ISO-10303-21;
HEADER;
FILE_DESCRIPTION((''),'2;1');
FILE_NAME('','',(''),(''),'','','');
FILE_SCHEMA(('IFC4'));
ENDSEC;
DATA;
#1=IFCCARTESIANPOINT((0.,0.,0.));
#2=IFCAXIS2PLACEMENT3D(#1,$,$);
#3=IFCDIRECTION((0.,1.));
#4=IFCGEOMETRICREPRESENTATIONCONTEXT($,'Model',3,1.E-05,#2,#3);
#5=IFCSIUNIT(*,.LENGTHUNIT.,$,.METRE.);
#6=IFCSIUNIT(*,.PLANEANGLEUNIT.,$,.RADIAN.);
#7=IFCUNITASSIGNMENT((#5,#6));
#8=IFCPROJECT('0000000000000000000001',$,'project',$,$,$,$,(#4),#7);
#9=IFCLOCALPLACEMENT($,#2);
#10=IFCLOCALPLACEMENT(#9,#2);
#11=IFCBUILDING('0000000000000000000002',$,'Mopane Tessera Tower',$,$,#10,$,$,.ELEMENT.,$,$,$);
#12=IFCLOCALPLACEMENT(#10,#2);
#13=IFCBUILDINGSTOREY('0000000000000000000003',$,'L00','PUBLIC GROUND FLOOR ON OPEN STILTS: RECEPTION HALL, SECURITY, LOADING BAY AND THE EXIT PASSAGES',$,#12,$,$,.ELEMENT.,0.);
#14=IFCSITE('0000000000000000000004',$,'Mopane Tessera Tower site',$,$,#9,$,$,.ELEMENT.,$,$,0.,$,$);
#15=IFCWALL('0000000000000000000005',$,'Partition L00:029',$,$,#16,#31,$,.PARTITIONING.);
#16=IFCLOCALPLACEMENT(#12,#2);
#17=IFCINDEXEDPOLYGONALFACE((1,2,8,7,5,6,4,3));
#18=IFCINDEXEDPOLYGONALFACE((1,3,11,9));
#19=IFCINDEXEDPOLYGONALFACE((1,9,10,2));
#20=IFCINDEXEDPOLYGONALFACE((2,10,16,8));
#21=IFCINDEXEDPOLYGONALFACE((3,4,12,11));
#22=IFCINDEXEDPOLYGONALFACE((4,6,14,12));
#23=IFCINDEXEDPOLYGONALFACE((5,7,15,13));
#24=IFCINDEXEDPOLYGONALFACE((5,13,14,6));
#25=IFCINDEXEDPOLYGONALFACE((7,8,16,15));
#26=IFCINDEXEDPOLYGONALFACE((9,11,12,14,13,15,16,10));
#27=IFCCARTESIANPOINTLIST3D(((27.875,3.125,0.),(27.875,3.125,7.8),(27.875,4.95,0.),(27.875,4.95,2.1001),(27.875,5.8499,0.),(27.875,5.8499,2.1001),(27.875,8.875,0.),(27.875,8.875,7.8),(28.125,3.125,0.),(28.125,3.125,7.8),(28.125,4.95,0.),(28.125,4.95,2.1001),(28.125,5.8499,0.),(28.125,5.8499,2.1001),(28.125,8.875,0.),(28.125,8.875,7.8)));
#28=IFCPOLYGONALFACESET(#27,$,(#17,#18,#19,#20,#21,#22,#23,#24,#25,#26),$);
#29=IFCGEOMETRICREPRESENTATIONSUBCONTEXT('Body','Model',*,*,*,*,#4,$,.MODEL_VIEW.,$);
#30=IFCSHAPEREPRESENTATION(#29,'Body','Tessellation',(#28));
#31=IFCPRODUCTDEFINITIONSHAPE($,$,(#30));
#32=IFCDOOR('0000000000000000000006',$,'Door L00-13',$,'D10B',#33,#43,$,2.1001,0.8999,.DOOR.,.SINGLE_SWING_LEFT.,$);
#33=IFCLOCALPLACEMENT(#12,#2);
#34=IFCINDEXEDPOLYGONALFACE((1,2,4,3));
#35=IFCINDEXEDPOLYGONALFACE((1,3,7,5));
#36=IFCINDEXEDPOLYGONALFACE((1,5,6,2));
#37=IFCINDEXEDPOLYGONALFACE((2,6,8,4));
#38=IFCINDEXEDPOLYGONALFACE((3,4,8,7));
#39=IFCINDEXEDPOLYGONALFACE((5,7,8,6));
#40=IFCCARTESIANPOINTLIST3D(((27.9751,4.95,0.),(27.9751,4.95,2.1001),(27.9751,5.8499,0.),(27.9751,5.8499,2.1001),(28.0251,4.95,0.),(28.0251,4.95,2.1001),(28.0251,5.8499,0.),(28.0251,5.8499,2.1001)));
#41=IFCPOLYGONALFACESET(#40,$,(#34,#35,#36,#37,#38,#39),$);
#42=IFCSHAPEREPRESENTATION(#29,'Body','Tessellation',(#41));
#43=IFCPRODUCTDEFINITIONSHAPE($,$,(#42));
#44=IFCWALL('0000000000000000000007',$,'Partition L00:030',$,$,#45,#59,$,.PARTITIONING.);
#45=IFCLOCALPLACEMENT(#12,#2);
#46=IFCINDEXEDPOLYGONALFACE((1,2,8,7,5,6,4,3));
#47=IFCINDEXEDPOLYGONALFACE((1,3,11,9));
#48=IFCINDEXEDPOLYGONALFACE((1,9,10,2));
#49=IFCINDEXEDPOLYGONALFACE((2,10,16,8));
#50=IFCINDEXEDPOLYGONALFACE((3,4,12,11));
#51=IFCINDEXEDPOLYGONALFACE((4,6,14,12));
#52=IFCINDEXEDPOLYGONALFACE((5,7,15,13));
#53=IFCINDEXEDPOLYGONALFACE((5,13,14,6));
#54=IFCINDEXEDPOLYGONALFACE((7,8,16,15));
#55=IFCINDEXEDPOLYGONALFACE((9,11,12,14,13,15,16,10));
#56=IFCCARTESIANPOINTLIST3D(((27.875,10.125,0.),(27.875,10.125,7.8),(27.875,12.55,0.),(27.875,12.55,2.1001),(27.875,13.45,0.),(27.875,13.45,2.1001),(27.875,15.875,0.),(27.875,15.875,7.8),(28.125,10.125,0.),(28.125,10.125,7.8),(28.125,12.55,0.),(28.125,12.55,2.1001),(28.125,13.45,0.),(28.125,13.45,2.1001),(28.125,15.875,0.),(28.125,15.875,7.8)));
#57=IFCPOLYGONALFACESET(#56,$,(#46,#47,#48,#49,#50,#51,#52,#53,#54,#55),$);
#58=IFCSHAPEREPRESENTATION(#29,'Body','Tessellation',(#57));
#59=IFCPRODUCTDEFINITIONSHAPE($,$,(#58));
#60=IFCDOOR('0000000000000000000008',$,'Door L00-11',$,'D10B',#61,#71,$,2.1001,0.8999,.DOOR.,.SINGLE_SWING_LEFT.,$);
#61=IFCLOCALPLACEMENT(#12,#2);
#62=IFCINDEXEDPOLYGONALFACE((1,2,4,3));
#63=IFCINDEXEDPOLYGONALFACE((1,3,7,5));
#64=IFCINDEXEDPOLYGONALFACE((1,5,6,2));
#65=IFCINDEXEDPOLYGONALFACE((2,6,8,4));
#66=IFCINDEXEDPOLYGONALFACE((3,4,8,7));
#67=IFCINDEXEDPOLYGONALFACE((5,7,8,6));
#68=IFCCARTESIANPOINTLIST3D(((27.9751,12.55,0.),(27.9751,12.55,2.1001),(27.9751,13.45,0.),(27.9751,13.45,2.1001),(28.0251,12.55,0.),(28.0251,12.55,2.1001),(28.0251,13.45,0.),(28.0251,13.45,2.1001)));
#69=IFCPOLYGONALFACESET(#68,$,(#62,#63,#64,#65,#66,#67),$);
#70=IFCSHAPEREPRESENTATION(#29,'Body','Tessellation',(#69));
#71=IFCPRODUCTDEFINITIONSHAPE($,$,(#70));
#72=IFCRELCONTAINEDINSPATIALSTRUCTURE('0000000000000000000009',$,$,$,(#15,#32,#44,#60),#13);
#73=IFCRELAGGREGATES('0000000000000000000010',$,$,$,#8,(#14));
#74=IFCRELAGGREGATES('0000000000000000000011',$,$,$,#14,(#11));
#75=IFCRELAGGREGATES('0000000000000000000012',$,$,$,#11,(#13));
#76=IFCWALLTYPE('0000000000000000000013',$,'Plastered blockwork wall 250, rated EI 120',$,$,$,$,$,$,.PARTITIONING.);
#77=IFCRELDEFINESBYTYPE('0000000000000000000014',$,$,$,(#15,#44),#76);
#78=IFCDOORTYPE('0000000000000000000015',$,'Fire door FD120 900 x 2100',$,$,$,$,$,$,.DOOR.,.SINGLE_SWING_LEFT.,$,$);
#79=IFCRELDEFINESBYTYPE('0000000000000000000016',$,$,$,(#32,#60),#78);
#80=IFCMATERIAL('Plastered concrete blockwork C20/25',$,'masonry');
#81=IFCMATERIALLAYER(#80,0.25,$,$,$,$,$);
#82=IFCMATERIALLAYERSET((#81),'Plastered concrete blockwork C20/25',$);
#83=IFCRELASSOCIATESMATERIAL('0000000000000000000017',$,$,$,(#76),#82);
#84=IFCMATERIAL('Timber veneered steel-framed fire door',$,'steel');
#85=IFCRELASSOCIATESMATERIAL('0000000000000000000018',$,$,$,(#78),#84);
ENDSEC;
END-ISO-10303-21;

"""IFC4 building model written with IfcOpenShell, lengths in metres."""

from ifc_helpers import new_model, si_unit, direction, frame, frame_2d, origin, place, context, subcontext, project, spatial, rectangle, extrude, material, layer, layer_set, type_object, element, fill, save


model = new_model("IFC4")

# Units and contexts
model_context = context("Model", 3, precision=1e-05, world=origin(), true_north=direction((0.0, 1.0)))
body_context = subcontext(model_context, "Body", "Model", "MODEL_VIEW")
ifc_project = project(units=[si_unit("LENGTHUNIT", "METRE"), si_unit("PLANEANGLEUNIT", "RADIAN")], contexts=[model_context])

# Site, building, storey
site_placement = place(None, origin())
site = spatial("IfcSite", under=ifc_project, at=site_placement, Name="Mopane Tessera Tower site", CompositionType="ELEMENT", RefElevation=0.0)
building_placement = place(site_placement, origin())
building = spatial("IfcBuilding", under=site, at=building_placement, Name="Mopane Tessera Tower", CompositionType="ELEMENT")
storey_placement = place(building_placement, origin())
storey = spatial("IfcBuildingStorey", under=building, at=storey_placement, Name="L00", Description="PUBLIC GROUND FLOOR ON OPEN STILTS: RECEPTION HALL, SECURITY, LOADING BAY AND THE EXIT PASSAGES", CompositionType="ELEMENT", Elevation=0.0)

# Shared definitions
ifc_material_1 = material(Name="Plastered concrete blockwork C20/25", Category="masonry")
ifc_layer_1 = layer(ifc_material_1, 0.25)
ifc_layer_set_1 = layer_set([ifc_layer_1], Name="Plastered concrete blockwork C20/25")
wall_type = type_object("IfcWallType", Name="Plastered blockwork wall 250, rated EI 120", PredefinedType="PARTITIONING", material=ifc_layer_set_1)

# Walls, openings, doors
wall_1_placement = place(storey_placement, frame((28.0, 3.125, 0.0), z_axis=(0.0, 0.0, 1.0), x_axis=(0.0, 1.0, 0.0)))
wall_1 = element("IfcWall", 1, at=wall_1_placement, inside=storey, type_object=wall_type, Name="Partition L00:029", PredefinedType="PARTITIONING", context=body_context, shape_type="SweptSolid", body=[
    extrude(rectangle(XDim=5.75, YDim=0.25, at=frame_2d((2.875, 0.0))), origin(), (0.0, 0.0, 1.0), 7.8),
])
opening_1_placement = place(wall_1_placement, frame((1.825, 0.0, 0.0)))
opening_1 = element("IfcOpeningElement", 2, at=opening_1_placement, cuts=wall_1, PredefinedType="OPENING", context=body_context, shape_type="SweptSolid", body=[
    extrude(rectangle(XDim=0.8999, YDim=2.1001, at=frame_2d((0.45, 1.05))), frame((0.0, 0.137, 0.0), z_axis=(0.0, -1.0, 0.0), x_axis=(1.0, 0.0, 0.0)), (0.0, 0.0, 1.0), 0.2739),
])
ifc_material_2 = material(Name="Timber veneered steel-framed fire door", Category="steel")
door_type = type_object("IfcDoorType", Name="Fire door FD120 900 x 2100", OperationType="SINGLE_SWING_LEFT", PredefinedType="DOOR", material=ifc_material_2)
door_1_placement = place(opening_1_placement, origin())
door_1 = element("IfcDoor", 3, at=door_1_placement, inside=storey, type_object=door_type, Name="Door L00-13", ObjectType="D10B", OperationType="SINGLE_SWING_LEFT", OverallHeight=2.1001, OverallWidth=0.8999, PredefinedType="DOOR", context=body_context, shape_type="SweptSolid", body=[
    extrude(rectangle(XDim=0.8999, YDim=2.1001, at=frame_2d((0.45, 1.05))), frame((0.0, 0.0249, 0.0), z_axis=(0.0, -1.0, 0.0), x_axis=(1.0, 0.0, 0.0)), (0.0, 0.0, 1.0), 0.05),
])
fill(opening_1, door_1)
wall_2_placement = place(storey_placement, frame((28.0, 10.125, 0.0), z_axis=(0.0, 0.0, 1.0), x_axis=(0.0, 1.0, 0.0)))
wall_2 = element("IfcWall", 4, at=wall_2_placement, inside=storey, type_object=wall_type, Name="Partition L00:030", PredefinedType="PARTITIONING", context=body_context, shape_type="SweptSolid", body=[
    extrude(rectangle(XDim=5.75, YDim=0.25, at=frame_2d((2.875, 0.0))), origin(), (0.0, 0.0, 1.0), 7.8),
])
opening_2_placement = place(wall_2_placement, frame((2.425, 0.0, 0.0)))
opening_2 = element("IfcOpeningElement", 5, at=opening_2_placement, cuts=wall_2, PredefinedType="OPENING", context=body_context, shape_type="SweptSolid", body=[
    extrude(rectangle(XDim=0.8999, YDim=2.1001, at=frame_2d((0.45, 1.05))), frame((0.0, 0.137, 0.0), z_axis=(0.0, -1.0, 0.0), x_axis=(1.0, 0.0, 0.0)), (0.0, 0.0, 1.0), 0.2739),
])
door_2_placement = place(opening_2_placement, origin())
door_2 = element("IfcDoor", 6, at=door_2_placement, inside=storey, type_object=door_type, Name="Door L00-11", ObjectType="D10B", OperationType="SINGLE_SWING_LEFT", OverallHeight=2.1001, OverallWidth=0.8999, PredefinedType="DOOR", context=body_context, shape_type="SweptSolid", body=[
    extrude(rectangle(XDim=0.8999, YDim=2.1001, at=frame_2d((0.45, 1.05))), frame((0.0, 0.0249, 0.0), z_axis=(0.0, -1.0, 0.0), x_axis=(1.0, 0.0, 0.0)), (0.0, 0.0, 1.0), 0.05),
])
fill(opening_2, door_2)

save(model, "model.ifc")
